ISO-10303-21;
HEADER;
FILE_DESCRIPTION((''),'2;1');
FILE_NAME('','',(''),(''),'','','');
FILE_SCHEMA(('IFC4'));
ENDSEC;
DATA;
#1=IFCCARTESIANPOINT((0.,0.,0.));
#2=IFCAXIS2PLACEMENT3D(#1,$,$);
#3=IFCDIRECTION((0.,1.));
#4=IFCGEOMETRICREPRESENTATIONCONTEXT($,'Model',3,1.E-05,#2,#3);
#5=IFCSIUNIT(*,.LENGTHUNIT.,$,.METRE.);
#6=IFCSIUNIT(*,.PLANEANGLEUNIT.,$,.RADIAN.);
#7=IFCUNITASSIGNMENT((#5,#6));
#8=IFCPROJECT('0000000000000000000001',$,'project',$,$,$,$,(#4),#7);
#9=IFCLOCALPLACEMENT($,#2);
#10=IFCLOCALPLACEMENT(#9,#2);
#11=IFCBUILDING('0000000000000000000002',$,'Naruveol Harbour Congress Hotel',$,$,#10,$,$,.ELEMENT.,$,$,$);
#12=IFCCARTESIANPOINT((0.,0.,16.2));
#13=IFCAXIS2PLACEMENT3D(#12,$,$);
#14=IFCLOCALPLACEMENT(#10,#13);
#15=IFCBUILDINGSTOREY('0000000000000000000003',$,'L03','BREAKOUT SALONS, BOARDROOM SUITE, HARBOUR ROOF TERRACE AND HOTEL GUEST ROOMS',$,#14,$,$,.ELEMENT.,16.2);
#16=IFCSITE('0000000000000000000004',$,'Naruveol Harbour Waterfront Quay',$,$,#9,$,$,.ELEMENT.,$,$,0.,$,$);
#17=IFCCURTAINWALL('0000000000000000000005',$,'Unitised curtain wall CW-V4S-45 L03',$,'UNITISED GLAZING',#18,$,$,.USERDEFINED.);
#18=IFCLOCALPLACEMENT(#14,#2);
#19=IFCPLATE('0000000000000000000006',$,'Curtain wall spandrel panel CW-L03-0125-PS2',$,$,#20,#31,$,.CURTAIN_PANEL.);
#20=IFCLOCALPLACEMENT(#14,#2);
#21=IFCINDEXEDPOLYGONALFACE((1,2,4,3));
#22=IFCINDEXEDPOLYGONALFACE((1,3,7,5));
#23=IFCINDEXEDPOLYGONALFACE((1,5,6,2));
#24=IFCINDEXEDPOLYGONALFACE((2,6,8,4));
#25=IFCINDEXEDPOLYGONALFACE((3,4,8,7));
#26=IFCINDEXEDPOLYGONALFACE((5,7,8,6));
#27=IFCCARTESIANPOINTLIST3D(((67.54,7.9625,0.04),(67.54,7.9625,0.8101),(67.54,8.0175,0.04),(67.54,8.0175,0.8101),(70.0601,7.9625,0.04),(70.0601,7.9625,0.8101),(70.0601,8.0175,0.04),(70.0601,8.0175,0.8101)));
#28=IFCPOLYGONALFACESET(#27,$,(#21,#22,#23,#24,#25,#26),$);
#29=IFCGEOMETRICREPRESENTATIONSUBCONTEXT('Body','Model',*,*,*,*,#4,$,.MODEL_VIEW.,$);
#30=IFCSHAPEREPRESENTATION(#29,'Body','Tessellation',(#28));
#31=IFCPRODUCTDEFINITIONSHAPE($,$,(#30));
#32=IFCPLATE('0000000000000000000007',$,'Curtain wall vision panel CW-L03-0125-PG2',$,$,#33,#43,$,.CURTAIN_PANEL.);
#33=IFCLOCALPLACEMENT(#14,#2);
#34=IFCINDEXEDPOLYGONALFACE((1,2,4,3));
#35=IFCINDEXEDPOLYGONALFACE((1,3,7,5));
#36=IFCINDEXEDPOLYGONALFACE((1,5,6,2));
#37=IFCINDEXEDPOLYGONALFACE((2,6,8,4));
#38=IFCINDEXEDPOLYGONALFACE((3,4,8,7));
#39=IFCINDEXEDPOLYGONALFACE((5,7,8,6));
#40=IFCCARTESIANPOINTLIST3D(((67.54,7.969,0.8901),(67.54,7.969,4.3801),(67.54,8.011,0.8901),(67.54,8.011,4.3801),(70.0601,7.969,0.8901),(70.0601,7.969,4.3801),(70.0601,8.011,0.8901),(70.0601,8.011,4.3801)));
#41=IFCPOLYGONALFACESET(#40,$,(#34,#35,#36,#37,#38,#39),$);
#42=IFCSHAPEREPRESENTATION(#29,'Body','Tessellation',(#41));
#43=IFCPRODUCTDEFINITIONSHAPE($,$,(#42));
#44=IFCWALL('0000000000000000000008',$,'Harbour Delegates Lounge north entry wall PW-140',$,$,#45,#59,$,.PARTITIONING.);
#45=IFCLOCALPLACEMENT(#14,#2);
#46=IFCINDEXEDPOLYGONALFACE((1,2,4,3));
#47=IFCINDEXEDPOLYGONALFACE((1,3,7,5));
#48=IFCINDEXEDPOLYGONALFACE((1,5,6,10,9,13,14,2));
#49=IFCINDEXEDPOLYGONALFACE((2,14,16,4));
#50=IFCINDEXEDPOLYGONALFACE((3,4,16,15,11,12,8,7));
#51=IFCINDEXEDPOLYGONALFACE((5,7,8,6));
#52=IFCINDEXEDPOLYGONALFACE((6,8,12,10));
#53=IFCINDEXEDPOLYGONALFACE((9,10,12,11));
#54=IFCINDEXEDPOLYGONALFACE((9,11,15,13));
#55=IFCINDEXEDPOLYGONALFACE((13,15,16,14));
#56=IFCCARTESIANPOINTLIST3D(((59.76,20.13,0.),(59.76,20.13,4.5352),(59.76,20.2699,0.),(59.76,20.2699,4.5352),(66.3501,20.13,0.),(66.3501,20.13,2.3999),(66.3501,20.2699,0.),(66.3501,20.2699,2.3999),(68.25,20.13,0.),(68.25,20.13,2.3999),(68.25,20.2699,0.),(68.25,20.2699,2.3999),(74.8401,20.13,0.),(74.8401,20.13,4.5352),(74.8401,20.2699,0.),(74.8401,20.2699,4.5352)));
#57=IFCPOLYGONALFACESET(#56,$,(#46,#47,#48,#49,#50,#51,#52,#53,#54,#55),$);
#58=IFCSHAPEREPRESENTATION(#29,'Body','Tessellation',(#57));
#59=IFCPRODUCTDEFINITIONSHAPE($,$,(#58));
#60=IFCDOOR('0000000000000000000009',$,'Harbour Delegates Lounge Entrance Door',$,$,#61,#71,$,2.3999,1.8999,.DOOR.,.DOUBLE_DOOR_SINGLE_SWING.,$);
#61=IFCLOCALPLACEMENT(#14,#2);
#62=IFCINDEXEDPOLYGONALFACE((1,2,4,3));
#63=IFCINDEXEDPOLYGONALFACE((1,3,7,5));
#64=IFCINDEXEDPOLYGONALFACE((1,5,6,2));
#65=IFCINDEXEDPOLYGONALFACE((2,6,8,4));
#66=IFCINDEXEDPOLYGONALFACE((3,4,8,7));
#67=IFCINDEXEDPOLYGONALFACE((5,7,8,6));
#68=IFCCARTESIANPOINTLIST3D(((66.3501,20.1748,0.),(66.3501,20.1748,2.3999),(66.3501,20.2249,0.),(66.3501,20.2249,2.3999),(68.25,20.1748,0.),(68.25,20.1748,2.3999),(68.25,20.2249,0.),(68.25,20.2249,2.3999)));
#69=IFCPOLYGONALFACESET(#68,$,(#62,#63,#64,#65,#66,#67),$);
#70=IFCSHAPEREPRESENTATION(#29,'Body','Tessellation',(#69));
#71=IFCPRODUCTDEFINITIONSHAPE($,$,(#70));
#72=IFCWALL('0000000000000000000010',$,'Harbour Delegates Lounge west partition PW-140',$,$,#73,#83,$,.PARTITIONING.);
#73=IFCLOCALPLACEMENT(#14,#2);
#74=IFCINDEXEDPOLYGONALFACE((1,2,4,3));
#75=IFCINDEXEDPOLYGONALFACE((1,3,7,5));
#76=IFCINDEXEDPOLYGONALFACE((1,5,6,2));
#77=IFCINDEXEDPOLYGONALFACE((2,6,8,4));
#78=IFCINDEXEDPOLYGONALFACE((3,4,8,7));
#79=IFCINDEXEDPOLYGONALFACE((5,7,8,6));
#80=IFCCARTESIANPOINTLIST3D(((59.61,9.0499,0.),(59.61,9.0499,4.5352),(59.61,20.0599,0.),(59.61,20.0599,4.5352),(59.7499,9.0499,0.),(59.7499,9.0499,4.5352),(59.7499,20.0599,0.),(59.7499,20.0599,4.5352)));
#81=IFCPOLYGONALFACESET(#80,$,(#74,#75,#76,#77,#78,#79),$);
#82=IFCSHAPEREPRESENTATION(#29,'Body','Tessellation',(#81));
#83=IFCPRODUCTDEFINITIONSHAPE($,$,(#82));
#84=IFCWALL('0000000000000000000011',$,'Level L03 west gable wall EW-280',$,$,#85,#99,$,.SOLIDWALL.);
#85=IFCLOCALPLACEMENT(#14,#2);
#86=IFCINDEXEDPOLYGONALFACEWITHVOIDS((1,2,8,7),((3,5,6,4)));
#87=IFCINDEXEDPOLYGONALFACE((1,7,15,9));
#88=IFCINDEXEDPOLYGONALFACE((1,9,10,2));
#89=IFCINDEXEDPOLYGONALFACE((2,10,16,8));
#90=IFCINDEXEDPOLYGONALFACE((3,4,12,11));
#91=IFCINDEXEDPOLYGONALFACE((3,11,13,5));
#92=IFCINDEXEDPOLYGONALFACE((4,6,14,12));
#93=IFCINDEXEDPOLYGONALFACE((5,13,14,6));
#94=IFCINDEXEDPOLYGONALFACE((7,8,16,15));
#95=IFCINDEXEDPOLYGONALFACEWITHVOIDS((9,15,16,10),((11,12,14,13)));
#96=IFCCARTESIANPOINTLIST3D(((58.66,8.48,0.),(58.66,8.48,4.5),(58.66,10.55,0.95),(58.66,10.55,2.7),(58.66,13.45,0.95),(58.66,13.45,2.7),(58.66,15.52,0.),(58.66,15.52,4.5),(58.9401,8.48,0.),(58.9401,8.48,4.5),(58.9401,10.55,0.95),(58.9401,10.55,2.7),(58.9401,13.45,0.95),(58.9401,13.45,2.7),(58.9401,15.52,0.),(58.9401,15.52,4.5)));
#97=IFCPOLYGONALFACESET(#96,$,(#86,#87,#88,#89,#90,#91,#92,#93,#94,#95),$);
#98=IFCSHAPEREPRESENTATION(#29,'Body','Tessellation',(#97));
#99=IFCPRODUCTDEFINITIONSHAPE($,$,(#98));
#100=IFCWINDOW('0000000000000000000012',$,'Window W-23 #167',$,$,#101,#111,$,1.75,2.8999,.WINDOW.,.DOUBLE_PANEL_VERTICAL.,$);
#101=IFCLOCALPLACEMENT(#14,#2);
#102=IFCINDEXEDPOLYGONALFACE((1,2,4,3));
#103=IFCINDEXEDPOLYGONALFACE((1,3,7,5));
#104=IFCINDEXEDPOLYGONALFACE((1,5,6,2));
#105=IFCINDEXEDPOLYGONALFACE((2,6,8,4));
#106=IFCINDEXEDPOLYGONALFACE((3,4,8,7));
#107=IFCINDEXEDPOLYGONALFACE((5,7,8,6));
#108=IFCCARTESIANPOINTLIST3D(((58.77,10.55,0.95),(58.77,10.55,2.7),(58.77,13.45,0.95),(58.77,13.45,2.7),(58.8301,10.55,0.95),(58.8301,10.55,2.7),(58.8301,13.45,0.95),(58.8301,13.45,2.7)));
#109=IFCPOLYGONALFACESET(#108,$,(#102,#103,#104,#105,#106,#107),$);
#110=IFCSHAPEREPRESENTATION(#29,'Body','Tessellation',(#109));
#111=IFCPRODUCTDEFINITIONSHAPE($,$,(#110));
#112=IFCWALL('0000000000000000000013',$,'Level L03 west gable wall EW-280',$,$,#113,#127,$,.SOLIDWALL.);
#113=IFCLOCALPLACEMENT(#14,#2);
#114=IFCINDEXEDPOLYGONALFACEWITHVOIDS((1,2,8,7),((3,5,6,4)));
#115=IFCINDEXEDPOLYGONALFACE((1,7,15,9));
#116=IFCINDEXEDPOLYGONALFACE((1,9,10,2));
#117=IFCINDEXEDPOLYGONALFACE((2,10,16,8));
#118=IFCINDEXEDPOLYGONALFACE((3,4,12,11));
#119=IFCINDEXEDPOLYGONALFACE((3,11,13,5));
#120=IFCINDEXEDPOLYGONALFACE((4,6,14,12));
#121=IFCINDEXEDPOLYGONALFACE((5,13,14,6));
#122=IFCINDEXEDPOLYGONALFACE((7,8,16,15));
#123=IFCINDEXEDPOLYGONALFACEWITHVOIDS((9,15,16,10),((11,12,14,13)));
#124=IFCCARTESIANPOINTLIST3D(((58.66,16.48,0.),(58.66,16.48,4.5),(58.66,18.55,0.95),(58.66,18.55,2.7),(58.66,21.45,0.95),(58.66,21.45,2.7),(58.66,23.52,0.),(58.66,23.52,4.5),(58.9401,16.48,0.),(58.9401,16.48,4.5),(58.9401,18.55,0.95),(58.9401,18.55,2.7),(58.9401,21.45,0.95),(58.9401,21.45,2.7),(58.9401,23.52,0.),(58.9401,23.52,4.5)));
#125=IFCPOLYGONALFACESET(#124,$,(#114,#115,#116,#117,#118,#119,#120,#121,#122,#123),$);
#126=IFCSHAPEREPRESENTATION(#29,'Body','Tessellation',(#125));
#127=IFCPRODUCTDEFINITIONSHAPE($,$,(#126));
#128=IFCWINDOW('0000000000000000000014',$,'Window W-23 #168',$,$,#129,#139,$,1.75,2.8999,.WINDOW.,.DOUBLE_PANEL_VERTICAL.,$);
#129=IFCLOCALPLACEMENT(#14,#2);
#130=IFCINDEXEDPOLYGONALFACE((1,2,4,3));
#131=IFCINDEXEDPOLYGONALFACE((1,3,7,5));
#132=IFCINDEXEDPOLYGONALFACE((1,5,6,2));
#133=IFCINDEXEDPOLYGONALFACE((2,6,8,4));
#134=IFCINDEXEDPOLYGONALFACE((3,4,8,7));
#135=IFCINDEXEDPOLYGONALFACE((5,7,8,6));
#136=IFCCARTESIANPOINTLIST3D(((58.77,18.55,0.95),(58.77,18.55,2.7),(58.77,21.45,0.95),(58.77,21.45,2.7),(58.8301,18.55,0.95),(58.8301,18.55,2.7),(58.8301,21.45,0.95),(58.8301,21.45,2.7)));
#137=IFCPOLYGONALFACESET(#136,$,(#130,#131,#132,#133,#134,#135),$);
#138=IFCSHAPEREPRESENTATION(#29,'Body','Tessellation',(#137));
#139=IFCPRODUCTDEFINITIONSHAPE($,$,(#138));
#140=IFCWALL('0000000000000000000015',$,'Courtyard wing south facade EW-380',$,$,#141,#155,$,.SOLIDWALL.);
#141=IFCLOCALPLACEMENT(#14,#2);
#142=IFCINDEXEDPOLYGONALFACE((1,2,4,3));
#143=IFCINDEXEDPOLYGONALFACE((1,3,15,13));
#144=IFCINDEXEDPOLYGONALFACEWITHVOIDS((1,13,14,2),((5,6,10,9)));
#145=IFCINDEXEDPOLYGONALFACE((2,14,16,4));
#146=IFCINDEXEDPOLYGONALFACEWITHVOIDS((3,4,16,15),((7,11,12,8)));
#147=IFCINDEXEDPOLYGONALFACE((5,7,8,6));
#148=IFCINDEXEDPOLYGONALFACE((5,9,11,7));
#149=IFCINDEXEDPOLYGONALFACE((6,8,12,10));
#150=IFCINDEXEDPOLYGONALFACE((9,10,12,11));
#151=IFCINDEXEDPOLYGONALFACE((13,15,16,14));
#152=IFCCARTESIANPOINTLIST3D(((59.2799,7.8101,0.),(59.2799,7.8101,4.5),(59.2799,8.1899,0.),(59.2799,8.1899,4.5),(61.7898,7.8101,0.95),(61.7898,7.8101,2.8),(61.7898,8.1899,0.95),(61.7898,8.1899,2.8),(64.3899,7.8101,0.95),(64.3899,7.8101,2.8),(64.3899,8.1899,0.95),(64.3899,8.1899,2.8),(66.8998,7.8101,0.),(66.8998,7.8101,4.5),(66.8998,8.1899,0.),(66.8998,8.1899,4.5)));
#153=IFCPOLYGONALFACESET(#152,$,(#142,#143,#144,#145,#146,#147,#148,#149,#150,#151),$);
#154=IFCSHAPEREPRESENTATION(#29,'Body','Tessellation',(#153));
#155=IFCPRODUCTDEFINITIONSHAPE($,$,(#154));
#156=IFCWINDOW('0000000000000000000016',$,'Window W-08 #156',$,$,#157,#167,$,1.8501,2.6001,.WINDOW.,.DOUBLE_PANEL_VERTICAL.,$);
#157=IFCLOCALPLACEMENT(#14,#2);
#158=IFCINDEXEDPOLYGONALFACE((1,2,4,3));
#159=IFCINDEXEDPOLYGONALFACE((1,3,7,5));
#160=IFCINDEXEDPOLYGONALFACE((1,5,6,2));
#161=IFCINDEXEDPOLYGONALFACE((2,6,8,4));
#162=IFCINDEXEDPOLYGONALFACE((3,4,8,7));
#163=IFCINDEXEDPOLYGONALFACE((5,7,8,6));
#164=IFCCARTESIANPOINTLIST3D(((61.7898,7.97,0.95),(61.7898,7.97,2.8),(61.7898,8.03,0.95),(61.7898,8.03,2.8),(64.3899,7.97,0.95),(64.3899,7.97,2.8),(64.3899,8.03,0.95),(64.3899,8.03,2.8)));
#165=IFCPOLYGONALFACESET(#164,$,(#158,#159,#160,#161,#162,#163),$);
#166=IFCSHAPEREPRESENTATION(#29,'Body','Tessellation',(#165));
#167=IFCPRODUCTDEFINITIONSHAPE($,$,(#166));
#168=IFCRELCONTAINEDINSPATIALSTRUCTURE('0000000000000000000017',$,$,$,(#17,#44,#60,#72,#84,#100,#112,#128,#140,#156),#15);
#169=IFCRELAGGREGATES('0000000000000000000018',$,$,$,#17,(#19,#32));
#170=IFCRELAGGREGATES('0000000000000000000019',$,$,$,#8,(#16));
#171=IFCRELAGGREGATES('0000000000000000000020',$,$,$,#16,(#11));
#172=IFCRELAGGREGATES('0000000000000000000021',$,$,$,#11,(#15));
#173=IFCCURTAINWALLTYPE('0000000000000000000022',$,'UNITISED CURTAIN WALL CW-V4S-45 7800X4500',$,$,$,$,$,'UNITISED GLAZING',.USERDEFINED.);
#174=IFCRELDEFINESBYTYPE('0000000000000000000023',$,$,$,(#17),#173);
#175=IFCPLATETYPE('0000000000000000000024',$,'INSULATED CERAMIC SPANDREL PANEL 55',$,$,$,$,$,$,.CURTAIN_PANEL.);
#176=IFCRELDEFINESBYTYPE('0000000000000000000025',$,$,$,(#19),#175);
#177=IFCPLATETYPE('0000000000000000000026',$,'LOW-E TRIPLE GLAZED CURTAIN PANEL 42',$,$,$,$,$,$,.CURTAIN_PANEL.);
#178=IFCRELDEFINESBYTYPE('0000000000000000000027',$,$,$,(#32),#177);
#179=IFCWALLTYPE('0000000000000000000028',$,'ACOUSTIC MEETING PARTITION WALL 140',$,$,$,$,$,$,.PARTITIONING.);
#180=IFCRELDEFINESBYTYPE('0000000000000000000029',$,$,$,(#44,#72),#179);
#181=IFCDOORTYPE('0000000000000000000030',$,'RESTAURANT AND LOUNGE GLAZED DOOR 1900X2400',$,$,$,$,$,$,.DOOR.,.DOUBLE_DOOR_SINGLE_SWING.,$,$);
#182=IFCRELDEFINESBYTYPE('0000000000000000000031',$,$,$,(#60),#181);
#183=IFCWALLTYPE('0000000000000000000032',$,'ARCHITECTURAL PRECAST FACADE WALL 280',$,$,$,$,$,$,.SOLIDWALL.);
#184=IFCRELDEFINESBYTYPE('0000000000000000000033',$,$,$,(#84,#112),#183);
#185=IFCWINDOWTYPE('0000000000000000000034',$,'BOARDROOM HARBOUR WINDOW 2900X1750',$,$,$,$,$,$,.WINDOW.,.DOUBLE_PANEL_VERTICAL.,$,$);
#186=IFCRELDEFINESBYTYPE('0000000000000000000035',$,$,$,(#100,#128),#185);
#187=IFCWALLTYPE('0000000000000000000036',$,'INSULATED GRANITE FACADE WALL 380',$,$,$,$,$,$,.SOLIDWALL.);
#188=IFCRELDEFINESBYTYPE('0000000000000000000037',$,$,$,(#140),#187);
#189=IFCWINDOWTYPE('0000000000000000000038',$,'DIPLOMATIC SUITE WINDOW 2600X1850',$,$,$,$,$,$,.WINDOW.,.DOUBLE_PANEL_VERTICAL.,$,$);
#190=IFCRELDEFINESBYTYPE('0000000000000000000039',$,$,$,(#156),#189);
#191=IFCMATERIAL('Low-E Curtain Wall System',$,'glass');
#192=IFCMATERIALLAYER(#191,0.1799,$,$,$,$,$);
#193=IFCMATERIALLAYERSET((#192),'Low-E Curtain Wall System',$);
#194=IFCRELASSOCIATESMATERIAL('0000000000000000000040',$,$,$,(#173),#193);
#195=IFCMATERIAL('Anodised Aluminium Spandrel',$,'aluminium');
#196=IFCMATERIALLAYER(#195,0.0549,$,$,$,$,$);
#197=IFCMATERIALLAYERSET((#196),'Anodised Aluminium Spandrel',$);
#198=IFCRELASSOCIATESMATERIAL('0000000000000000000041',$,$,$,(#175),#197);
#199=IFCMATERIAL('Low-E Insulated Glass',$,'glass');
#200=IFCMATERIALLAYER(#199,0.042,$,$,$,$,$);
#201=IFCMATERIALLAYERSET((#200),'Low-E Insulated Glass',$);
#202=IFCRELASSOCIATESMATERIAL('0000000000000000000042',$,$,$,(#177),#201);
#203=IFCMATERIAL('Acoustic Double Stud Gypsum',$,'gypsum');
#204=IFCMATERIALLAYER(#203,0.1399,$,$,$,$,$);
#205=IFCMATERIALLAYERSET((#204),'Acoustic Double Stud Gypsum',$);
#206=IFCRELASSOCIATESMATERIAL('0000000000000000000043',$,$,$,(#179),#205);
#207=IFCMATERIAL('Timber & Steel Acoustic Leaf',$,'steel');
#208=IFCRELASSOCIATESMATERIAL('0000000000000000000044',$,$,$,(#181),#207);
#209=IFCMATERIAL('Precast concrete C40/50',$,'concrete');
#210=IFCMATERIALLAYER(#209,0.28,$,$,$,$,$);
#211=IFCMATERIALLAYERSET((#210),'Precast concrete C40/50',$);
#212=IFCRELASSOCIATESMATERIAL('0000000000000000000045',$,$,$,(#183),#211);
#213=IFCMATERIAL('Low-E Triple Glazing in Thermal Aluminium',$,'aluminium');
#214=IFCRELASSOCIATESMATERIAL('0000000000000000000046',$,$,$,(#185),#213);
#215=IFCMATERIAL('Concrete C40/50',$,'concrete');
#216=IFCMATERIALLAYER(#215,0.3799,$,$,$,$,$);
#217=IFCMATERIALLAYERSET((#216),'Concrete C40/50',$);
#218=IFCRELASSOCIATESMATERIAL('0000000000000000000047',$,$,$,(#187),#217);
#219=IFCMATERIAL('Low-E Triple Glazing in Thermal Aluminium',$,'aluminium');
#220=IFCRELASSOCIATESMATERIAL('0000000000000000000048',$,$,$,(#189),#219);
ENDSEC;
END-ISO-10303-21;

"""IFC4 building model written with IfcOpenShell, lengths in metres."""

from ifc_helpers import new_model, si_unit, direction, frame, frame_2d, origin, origin_2d, place, context, subcontext, project, spatial, rectangle, extrude, material, layer, layer_set, type_object, element, fill, aggregate, save


model = new_model("IFC4")

# Units and contexts
model_context = context("Model", 3, precision=1e-05, world=origin(), true_north=direction((0.0, 1.0)))
body_context = subcontext(model_context, "Body", "Model", "MODEL_VIEW")
ifc_project = project(units=[si_unit("LENGTHUNIT", "METRE"), si_unit("PLANEANGLEUNIT", "RADIAN")], contexts=[model_context])

# Site, building, storey
site_placement = place(None, origin())
site = spatial("IfcSite", under=ifc_project, at=site_placement, Name="Naruveol Harbour Waterfront Quay", CompositionType="ELEMENT", RefElevation=0.0)
building_placement = place(site_placement, origin())
building = spatial("IfcBuilding", under=site, at=building_placement, Name="Naruveol Harbour Congress Hotel", CompositionType="ELEMENT")
storey_placement = place(building_placement, frame((0.0, 0.0, 16.2)))
storey = spatial("IfcBuildingStorey", under=building, at=storey_placement, Name="L03", Description="BREAKOUT SALONS, BOARDROOM SUITE, HARBOUR ROOF TERRACE AND HOTEL GUEST ROOMS", CompositionType="ELEMENT", Elevation=16.2)

# Curtain wall, plates
ifc_material_1 = material(Name="Low-E Curtain Wall System", Category="glass")
ifc_layer_1 = layer(ifc_material_1, 0.1799)
ifc_layer_set_1 = layer_set([ifc_layer_1], Name="Low-E Curtain Wall System")
curtain_wall_type = type_object("IfcCurtainWallType", Name="UNITISED CURTAIN WALL CW-V4S-45 7800X4500", ElementType="UNITISED GLAZING", PredefinedType="USERDEFINED", material=ifc_layer_set_1)
curtain_wall_placement = place(storey_placement, origin())
curtain_wall = element("IfcCurtainWall", 1, at=curtain_wall_placement, inside=storey, type_object=curtain_wall_type, Name="Unitised curtain wall CW-V4S-45 L03", ObjectType="UNITISED GLAZING", PredefinedType="USERDEFINED")
ifc_material_2 = material(Name="Anodised Aluminium Spandrel", Category="aluminium")
ifc_layer_2 = layer(ifc_material_2, 0.0549)
ifc_layer_set_2 = layer_set([ifc_layer_2], Name="Anodised Aluminium Spandrel")
plate_type_1 = type_object("IfcPlateType", Name="INSULATED CERAMIC SPANDREL PANEL 55", PredefinedType="CURTAIN_PANEL", material=ifc_layer_set_2)
plate_1_placement = place(storey_placement, frame((68.8, 7.99, 0.04), z_axis=(0.0, 0.0, 1.0), x_axis=(-1.0, 0.0, 0.0)))
plate_1 = element("IfcPlate", 2, at=plate_1_placement, type_object=plate_type_1, Name="Curtain wall spandrel panel CW-L03-0125-PS2", PredefinedType="CURTAIN_PANEL", context=body_context, shape_type="SweptSolid", body=[
    extrude(rectangle(XDim=2.52, YDim=0.0549, at=origin_2d()), origin(), (0.0, 0.0, 1.0), 0.77),
])
ifc_material_3 = material(Name="Low-E Insulated Glass", Category="glass")
ifc_layer_3 = layer(ifc_material_3, 0.042)
ifc_layer_set_3 = layer_set([ifc_layer_3], Name="Low-E Insulated Glass")
plate_type_2 = type_object("IfcPlateType", Name="LOW-E TRIPLE GLAZED CURTAIN PANEL 42", PredefinedType="CURTAIN_PANEL", material=ifc_layer_set_3)
plate_2_placement = place(storey_placement, frame((68.8, 7.99, 0.8901), z_axis=(0.0, 0.0, 1.0), x_axis=(-1.0, 0.0, 0.0)))
plate_2 = element("IfcPlate", 3, at=plate_2_placement, type_object=plate_type_2, Name="Curtain wall vision panel CW-L03-0125-PG2", PredefinedType="CURTAIN_PANEL", context=body_context, shape_type="SweptSolid", body=[
    extrude(rectangle(XDim=2.52, YDim=0.042, at=origin_2d()), origin(), (0.0, 0.0, 1.0), 3.49),
])
aggregate(curtain_wall, [plate_1, plate_2])

# Wall, opening, door
ifc_material_4 = material(Name="Acoustic Double Stud Gypsum", Category="gypsum")
ifc_layer_4 = layer(ifc_material_4, 0.1399)
ifc_layer_set_4 = layer_set([ifc_layer_4], Name="Acoustic Double Stud Gypsum")
wall_type_1 = type_object("IfcWallType", Name="ACOUSTIC MEETING PARTITION WALL 140", PredefinedType="PARTITIONING", material=ifc_layer_set_4)
wall_1_placement = place(storey_placement, frame((59.76, 20.2, 0.0), z_axis=(0.0, 0.0, 1.0), x_axis=(1.0, 0.0, 0.0)))
wall_1 = element("IfcWall", 4, at=wall_1_placement, inside=storey, type_object=wall_type_1, Name="Harbour Delegates Lounge north entry wall PW-140", PredefinedType="PARTITIONING", context=body_context, shape_type="SweptSolid", body=[
    extrude(rectangle(XDim=15.0801, YDim=0.1399, at=frame_2d((7.54, 0.0))), origin(), (0.0, 0.0, 1.0), 4.5352),
])
opening_1_placement = place(wall_1_placement, frame((6.5901, 0.0, 0.0)))
opening_1 = element("IfcOpeningElement", 5, at=opening_1_placement, cuts=wall_1, PredefinedType="OPENING", context=body_context, shape_type="SweptSolid", body=[
    extrude(rectangle(XDim=1.8999, YDim=2.3999, at=frame_2d((0.95, 1.2))), frame((0.0, 0.0798, 0.0), z_axis=(0.0, -1.0, 0.0), x_axis=(1.0, 0.0, 0.0)), (0.0, 0.0, 1.0), 0.1599),
])
ifc_material_5 = material(Name="Timber & Steel Acoustic Leaf", Category="steel")
door_type = type_object("IfcDoorType", Name="RESTAURANT AND LOUNGE GLAZED DOOR 1900X2400", OperationType="DOUBLE_DOOR_SINGLE_SWING", PredefinedType="DOOR", material=ifc_material_5)
door_placement = place(opening_1_placement, origin())
door = element("IfcDoor", 6, at=door_placement, inside=storey, type_object=door_type, Name="Harbour Delegates Lounge Entrance Door", OperationType="DOUBLE_DOOR_SINGLE_SWING", OverallHeight=2.3999, OverallWidth=1.8999, PredefinedType="DOOR", context=body_context, shape_type="SweptSolid", body=[
    extrude(rectangle(XDim=1.8999, YDim=2.3999, at=frame_2d((0.95, 1.2))), frame((0.0, 0.0249, 0.0), z_axis=(0.0, -1.0, 0.0), x_axis=(1.0, 0.0, 0.0)), (0.0, 0.0, 1.0), 0.05),
])
fill(opening_1, door)

# Wall
wall_2_placement = place(storey_placement, frame((59.6799, 9.05, 0.0), z_axis=(0.0, 0.0, 1.0), x_axis=(0.0, 1.0, 0.0)))
element("IfcWall", 7, at=wall_2_placement, inside=storey, type_object=wall_type_1, Name="Harbour Delegates Lounge west partition PW-140", PredefinedType="PARTITIONING", context=body_context, shape_type="SweptSolid", body=[
    extrude(rectangle(XDim=11.01, YDim=0.1399, at=frame_2d((5.5049, 0.0))), origin(), (0.0, 0.0, 1.0), 4.5352),
])

# Walls, openings, windows
ifc_material_6 = material(Name="Precast concrete C40/50", Category="concrete")
ifc_layer_5 = layer(ifc_material_6, 0.28)
ifc_layer_set_5 = layer_set([ifc_layer_5], Name="Precast concrete C40/50")
wall_type_2 = type_object("IfcWallType", Name="ARCHITECTURAL PRECAST FACADE WALL 280", PredefinedType="SOLIDWALL", material=ifc_layer_set_5)
wall_3_placement = place(storey_placement, frame((58.8, 8.48, 0.0), z_axis=(0.0, 0.0, 1.0), x_axis=(0.0, 1.0, 0.0)))
wall_3 = element("IfcWall", 8, at=wall_3_placement, inside=storey, type_object=wall_type_2, Name="Level L03 west gable wall EW-280", PredefinedType="SOLIDWALL", context=body_context, shape_type="SweptSolid", body=[
    extrude(rectangle(XDim=7.04, YDim=0.28, at=frame_2d((3.52, 0.0))), origin(), (0.0, 0.0, 1.0), 4.5),
])
opening_2_placement = place(wall_3_placement, frame((2.0701, 0.0, 0.95)))
opening_2 = element("IfcOpeningElement", 9, at=opening_2_placement, cuts=wall_3, PredefinedType="OPENING", context=body_context, shape_type="SweptSolid", body=[
    extrude(rectangle(XDim=2.8999, YDim=1.75, at=frame_2d((1.45, 0.875))), frame((0.0, 0.1499, 0.0), z_axis=(0.0, -1.0, 0.0), x_axis=(1.0, 0.0, 0.0)), (0.0, 0.0, 1.0), 0.3),
])
ifc_material_7 = material(Name="Low-E Triple Glazing in Thermal Aluminium", Category="aluminium")
window_type_1 = type_object("IfcWindowType", Name="BOARDROOM HARBOUR WINDOW 2900X1750", PartitioningType="DOUBLE_PANEL_VERTICAL", PredefinedType="WINDOW", material=ifc_material_7)
window_1_placement = place(opening_2_placement, origin())
window_1 = element("IfcWindow", 10, at=window_1_placement, inside=storey, type_object=window_type_1, Name="Window W-23 #167", OverallHeight=1.75, OverallWidth=2.8999, PartitioningType="DOUBLE_PANEL_VERTICAL", PredefinedType="WINDOW", context=body_context, shape_type="SweptSolid", body=[
    extrude(rectangle(XDim=2.8999, YDim=1.75, at=frame_2d((1.45, 0.875))), frame((0.0, 0.03, 0.0), z_axis=(0.0, -1.0, 0.0), x_axis=(1.0, 0.0, 0.0)), (0.0, 0.0, 1.0), 0.0601),
])
fill(opening_2, window_1)
wall_4_placement = place(storey_placement, frame((58.8, 16.48, 0.0), z_axis=(0.0, 0.0, 1.0), x_axis=(0.0, 1.0, 0.0)))
wall_4 = element("IfcWall", 11, at=wall_4_placement, inside=storey, type_object=wall_type_2, Name="Level L03 west gable wall EW-280", PredefinedType="SOLIDWALL", context=body_context, shape_type="SweptSolid", body=[
    extrude(rectangle(XDim=7.04, YDim=0.28, at=frame_2d((3.52, 0.0))), origin(), (0.0, 0.0, 1.0), 4.5),
])
opening_3_placement = place(wall_4_placement, frame((2.0701, 0.0, 0.95)))
opening_3 = element("IfcOpeningElement", 12, at=opening_3_placement, cuts=wall_4, PredefinedType="OPENING", context=body_context, shape_type="SweptSolid", body=[
    extrude(rectangle(XDim=2.8999, YDim=1.75, at=frame_2d((1.45, 0.875))), frame((0.0, 0.1499, 0.0), z_axis=(0.0, -1.0, 0.0), x_axis=(1.0, 0.0, 0.0)), (0.0, 0.0, 1.0), 0.3),
])
window_2_placement = place(opening_3_placement, origin())
window_2 = element("IfcWindow", 13, at=window_2_placement, inside=storey, type_object=window_type_1, Name="Window W-23 #168", OverallHeight=1.75, OverallWidth=2.8999, PartitioningType="DOUBLE_PANEL_VERTICAL", PredefinedType="WINDOW", context=body_context, shape_type="SweptSolid", body=[
    extrude(rectangle(XDim=2.8999, YDim=1.75, at=frame_2d((1.45, 0.875))), frame((0.0, 0.03, 0.0), z_axis=(0.0, -1.0, 0.0), x_axis=(1.0, 0.0, 0.0)), (0.0, 0.0, 1.0), 0.0601),
])
fill(opening_3, window_2)
ifc_material_8 = material(Name="Concrete C40/50", Category="concrete")
ifc_layer_6 = layer(ifc_material_8, 0.3799)
ifc_layer_set_6 = layer_set([ifc_layer_6], Name="Concrete C40/50")
wall_type_3 = type_object("IfcWallType", Name="INSULATED GRANITE FACADE WALL 380", PredefinedType="SOLIDWALL", material=ifc_layer_set_6)
wall_5_placement = place(storey_placement, frame((66.8999, 8.0, 0.0), z_axis=(0.0, 0.0, 1.0), x_axis=(-1.0, 0.0, 0.0)))
wall_5 = element("IfcWall", 14, at=wall_5_placement, inside=storey, type_object=wall_type_3, Name="Courtyard wing south facade EW-380", PredefinedType="SOLIDWALL", context=body_context, shape_type="SweptSolid", body=[
    extrude(rectangle(XDim=7.6199, YDim=0.3799, at=frame_2d((3.8101, 0.0))), origin(), (0.0, 0.0, 1.0), 4.5),
])
opening_4_placement = place(wall_5_placement, frame((2.51, 0.0, 0.95)))
opening_4 = element("IfcOpeningElement", 15, at=opening_4_placement, cuts=wall_5, PredefinedType="OPENING", context=body_context, shape_type="SweptSolid", body=[
    extrude(rectangle(XDim=2.6001, YDim=1.8501, at=frame_2d((1.3, 0.925))), frame((0.0, 0.2, 0.0), z_axis=(0.0, -1.0, 0.0), x_axis=(1.0, 0.0, 0.0)), (0.0, 0.0, 1.0), 0.3999),
])
ifc_material_9 = material(Name="Low-E Triple Glazing in Thermal Aluminium", Category="aluminium")
window_type_2 = type_object("IfcWindowType", Name="DIPLOMATIC SUITE WINDOW 2600X1850", PartitioningType="DOUBLE_PANEL_VERTICAL", PredefinedType="WINDOW", material=ifc_material_9)
window_3_placement = place(opening_4_placement, origin())
window_3 = element("IfcWindow", 16, at=window_3_placement, inside=storey, type_object=window_type_2, Name="Window W-08 #156", OverallHeight=1.8501, OverallWidth=2.6001, PartitioningType="DOUBLE_PANEL_VERTICAL", PredefinedType="WINDOW", context=body_context, shape_type="SweptSolid", body=[
    extrude(rectangle(XDim=2.6001, YDim=1.8501, at=frame_2d((1.3, 0.925))), frame((0.0, 0.03, 0.0), z_axis=(0.0, -1.0, 0.0), x_axis=(1.0, 0.0, 0.0)), (0.0, 0.0, 1.0), 0.0601),
])
fill(opening_4, window_3)

save(model, "model.ifc")
